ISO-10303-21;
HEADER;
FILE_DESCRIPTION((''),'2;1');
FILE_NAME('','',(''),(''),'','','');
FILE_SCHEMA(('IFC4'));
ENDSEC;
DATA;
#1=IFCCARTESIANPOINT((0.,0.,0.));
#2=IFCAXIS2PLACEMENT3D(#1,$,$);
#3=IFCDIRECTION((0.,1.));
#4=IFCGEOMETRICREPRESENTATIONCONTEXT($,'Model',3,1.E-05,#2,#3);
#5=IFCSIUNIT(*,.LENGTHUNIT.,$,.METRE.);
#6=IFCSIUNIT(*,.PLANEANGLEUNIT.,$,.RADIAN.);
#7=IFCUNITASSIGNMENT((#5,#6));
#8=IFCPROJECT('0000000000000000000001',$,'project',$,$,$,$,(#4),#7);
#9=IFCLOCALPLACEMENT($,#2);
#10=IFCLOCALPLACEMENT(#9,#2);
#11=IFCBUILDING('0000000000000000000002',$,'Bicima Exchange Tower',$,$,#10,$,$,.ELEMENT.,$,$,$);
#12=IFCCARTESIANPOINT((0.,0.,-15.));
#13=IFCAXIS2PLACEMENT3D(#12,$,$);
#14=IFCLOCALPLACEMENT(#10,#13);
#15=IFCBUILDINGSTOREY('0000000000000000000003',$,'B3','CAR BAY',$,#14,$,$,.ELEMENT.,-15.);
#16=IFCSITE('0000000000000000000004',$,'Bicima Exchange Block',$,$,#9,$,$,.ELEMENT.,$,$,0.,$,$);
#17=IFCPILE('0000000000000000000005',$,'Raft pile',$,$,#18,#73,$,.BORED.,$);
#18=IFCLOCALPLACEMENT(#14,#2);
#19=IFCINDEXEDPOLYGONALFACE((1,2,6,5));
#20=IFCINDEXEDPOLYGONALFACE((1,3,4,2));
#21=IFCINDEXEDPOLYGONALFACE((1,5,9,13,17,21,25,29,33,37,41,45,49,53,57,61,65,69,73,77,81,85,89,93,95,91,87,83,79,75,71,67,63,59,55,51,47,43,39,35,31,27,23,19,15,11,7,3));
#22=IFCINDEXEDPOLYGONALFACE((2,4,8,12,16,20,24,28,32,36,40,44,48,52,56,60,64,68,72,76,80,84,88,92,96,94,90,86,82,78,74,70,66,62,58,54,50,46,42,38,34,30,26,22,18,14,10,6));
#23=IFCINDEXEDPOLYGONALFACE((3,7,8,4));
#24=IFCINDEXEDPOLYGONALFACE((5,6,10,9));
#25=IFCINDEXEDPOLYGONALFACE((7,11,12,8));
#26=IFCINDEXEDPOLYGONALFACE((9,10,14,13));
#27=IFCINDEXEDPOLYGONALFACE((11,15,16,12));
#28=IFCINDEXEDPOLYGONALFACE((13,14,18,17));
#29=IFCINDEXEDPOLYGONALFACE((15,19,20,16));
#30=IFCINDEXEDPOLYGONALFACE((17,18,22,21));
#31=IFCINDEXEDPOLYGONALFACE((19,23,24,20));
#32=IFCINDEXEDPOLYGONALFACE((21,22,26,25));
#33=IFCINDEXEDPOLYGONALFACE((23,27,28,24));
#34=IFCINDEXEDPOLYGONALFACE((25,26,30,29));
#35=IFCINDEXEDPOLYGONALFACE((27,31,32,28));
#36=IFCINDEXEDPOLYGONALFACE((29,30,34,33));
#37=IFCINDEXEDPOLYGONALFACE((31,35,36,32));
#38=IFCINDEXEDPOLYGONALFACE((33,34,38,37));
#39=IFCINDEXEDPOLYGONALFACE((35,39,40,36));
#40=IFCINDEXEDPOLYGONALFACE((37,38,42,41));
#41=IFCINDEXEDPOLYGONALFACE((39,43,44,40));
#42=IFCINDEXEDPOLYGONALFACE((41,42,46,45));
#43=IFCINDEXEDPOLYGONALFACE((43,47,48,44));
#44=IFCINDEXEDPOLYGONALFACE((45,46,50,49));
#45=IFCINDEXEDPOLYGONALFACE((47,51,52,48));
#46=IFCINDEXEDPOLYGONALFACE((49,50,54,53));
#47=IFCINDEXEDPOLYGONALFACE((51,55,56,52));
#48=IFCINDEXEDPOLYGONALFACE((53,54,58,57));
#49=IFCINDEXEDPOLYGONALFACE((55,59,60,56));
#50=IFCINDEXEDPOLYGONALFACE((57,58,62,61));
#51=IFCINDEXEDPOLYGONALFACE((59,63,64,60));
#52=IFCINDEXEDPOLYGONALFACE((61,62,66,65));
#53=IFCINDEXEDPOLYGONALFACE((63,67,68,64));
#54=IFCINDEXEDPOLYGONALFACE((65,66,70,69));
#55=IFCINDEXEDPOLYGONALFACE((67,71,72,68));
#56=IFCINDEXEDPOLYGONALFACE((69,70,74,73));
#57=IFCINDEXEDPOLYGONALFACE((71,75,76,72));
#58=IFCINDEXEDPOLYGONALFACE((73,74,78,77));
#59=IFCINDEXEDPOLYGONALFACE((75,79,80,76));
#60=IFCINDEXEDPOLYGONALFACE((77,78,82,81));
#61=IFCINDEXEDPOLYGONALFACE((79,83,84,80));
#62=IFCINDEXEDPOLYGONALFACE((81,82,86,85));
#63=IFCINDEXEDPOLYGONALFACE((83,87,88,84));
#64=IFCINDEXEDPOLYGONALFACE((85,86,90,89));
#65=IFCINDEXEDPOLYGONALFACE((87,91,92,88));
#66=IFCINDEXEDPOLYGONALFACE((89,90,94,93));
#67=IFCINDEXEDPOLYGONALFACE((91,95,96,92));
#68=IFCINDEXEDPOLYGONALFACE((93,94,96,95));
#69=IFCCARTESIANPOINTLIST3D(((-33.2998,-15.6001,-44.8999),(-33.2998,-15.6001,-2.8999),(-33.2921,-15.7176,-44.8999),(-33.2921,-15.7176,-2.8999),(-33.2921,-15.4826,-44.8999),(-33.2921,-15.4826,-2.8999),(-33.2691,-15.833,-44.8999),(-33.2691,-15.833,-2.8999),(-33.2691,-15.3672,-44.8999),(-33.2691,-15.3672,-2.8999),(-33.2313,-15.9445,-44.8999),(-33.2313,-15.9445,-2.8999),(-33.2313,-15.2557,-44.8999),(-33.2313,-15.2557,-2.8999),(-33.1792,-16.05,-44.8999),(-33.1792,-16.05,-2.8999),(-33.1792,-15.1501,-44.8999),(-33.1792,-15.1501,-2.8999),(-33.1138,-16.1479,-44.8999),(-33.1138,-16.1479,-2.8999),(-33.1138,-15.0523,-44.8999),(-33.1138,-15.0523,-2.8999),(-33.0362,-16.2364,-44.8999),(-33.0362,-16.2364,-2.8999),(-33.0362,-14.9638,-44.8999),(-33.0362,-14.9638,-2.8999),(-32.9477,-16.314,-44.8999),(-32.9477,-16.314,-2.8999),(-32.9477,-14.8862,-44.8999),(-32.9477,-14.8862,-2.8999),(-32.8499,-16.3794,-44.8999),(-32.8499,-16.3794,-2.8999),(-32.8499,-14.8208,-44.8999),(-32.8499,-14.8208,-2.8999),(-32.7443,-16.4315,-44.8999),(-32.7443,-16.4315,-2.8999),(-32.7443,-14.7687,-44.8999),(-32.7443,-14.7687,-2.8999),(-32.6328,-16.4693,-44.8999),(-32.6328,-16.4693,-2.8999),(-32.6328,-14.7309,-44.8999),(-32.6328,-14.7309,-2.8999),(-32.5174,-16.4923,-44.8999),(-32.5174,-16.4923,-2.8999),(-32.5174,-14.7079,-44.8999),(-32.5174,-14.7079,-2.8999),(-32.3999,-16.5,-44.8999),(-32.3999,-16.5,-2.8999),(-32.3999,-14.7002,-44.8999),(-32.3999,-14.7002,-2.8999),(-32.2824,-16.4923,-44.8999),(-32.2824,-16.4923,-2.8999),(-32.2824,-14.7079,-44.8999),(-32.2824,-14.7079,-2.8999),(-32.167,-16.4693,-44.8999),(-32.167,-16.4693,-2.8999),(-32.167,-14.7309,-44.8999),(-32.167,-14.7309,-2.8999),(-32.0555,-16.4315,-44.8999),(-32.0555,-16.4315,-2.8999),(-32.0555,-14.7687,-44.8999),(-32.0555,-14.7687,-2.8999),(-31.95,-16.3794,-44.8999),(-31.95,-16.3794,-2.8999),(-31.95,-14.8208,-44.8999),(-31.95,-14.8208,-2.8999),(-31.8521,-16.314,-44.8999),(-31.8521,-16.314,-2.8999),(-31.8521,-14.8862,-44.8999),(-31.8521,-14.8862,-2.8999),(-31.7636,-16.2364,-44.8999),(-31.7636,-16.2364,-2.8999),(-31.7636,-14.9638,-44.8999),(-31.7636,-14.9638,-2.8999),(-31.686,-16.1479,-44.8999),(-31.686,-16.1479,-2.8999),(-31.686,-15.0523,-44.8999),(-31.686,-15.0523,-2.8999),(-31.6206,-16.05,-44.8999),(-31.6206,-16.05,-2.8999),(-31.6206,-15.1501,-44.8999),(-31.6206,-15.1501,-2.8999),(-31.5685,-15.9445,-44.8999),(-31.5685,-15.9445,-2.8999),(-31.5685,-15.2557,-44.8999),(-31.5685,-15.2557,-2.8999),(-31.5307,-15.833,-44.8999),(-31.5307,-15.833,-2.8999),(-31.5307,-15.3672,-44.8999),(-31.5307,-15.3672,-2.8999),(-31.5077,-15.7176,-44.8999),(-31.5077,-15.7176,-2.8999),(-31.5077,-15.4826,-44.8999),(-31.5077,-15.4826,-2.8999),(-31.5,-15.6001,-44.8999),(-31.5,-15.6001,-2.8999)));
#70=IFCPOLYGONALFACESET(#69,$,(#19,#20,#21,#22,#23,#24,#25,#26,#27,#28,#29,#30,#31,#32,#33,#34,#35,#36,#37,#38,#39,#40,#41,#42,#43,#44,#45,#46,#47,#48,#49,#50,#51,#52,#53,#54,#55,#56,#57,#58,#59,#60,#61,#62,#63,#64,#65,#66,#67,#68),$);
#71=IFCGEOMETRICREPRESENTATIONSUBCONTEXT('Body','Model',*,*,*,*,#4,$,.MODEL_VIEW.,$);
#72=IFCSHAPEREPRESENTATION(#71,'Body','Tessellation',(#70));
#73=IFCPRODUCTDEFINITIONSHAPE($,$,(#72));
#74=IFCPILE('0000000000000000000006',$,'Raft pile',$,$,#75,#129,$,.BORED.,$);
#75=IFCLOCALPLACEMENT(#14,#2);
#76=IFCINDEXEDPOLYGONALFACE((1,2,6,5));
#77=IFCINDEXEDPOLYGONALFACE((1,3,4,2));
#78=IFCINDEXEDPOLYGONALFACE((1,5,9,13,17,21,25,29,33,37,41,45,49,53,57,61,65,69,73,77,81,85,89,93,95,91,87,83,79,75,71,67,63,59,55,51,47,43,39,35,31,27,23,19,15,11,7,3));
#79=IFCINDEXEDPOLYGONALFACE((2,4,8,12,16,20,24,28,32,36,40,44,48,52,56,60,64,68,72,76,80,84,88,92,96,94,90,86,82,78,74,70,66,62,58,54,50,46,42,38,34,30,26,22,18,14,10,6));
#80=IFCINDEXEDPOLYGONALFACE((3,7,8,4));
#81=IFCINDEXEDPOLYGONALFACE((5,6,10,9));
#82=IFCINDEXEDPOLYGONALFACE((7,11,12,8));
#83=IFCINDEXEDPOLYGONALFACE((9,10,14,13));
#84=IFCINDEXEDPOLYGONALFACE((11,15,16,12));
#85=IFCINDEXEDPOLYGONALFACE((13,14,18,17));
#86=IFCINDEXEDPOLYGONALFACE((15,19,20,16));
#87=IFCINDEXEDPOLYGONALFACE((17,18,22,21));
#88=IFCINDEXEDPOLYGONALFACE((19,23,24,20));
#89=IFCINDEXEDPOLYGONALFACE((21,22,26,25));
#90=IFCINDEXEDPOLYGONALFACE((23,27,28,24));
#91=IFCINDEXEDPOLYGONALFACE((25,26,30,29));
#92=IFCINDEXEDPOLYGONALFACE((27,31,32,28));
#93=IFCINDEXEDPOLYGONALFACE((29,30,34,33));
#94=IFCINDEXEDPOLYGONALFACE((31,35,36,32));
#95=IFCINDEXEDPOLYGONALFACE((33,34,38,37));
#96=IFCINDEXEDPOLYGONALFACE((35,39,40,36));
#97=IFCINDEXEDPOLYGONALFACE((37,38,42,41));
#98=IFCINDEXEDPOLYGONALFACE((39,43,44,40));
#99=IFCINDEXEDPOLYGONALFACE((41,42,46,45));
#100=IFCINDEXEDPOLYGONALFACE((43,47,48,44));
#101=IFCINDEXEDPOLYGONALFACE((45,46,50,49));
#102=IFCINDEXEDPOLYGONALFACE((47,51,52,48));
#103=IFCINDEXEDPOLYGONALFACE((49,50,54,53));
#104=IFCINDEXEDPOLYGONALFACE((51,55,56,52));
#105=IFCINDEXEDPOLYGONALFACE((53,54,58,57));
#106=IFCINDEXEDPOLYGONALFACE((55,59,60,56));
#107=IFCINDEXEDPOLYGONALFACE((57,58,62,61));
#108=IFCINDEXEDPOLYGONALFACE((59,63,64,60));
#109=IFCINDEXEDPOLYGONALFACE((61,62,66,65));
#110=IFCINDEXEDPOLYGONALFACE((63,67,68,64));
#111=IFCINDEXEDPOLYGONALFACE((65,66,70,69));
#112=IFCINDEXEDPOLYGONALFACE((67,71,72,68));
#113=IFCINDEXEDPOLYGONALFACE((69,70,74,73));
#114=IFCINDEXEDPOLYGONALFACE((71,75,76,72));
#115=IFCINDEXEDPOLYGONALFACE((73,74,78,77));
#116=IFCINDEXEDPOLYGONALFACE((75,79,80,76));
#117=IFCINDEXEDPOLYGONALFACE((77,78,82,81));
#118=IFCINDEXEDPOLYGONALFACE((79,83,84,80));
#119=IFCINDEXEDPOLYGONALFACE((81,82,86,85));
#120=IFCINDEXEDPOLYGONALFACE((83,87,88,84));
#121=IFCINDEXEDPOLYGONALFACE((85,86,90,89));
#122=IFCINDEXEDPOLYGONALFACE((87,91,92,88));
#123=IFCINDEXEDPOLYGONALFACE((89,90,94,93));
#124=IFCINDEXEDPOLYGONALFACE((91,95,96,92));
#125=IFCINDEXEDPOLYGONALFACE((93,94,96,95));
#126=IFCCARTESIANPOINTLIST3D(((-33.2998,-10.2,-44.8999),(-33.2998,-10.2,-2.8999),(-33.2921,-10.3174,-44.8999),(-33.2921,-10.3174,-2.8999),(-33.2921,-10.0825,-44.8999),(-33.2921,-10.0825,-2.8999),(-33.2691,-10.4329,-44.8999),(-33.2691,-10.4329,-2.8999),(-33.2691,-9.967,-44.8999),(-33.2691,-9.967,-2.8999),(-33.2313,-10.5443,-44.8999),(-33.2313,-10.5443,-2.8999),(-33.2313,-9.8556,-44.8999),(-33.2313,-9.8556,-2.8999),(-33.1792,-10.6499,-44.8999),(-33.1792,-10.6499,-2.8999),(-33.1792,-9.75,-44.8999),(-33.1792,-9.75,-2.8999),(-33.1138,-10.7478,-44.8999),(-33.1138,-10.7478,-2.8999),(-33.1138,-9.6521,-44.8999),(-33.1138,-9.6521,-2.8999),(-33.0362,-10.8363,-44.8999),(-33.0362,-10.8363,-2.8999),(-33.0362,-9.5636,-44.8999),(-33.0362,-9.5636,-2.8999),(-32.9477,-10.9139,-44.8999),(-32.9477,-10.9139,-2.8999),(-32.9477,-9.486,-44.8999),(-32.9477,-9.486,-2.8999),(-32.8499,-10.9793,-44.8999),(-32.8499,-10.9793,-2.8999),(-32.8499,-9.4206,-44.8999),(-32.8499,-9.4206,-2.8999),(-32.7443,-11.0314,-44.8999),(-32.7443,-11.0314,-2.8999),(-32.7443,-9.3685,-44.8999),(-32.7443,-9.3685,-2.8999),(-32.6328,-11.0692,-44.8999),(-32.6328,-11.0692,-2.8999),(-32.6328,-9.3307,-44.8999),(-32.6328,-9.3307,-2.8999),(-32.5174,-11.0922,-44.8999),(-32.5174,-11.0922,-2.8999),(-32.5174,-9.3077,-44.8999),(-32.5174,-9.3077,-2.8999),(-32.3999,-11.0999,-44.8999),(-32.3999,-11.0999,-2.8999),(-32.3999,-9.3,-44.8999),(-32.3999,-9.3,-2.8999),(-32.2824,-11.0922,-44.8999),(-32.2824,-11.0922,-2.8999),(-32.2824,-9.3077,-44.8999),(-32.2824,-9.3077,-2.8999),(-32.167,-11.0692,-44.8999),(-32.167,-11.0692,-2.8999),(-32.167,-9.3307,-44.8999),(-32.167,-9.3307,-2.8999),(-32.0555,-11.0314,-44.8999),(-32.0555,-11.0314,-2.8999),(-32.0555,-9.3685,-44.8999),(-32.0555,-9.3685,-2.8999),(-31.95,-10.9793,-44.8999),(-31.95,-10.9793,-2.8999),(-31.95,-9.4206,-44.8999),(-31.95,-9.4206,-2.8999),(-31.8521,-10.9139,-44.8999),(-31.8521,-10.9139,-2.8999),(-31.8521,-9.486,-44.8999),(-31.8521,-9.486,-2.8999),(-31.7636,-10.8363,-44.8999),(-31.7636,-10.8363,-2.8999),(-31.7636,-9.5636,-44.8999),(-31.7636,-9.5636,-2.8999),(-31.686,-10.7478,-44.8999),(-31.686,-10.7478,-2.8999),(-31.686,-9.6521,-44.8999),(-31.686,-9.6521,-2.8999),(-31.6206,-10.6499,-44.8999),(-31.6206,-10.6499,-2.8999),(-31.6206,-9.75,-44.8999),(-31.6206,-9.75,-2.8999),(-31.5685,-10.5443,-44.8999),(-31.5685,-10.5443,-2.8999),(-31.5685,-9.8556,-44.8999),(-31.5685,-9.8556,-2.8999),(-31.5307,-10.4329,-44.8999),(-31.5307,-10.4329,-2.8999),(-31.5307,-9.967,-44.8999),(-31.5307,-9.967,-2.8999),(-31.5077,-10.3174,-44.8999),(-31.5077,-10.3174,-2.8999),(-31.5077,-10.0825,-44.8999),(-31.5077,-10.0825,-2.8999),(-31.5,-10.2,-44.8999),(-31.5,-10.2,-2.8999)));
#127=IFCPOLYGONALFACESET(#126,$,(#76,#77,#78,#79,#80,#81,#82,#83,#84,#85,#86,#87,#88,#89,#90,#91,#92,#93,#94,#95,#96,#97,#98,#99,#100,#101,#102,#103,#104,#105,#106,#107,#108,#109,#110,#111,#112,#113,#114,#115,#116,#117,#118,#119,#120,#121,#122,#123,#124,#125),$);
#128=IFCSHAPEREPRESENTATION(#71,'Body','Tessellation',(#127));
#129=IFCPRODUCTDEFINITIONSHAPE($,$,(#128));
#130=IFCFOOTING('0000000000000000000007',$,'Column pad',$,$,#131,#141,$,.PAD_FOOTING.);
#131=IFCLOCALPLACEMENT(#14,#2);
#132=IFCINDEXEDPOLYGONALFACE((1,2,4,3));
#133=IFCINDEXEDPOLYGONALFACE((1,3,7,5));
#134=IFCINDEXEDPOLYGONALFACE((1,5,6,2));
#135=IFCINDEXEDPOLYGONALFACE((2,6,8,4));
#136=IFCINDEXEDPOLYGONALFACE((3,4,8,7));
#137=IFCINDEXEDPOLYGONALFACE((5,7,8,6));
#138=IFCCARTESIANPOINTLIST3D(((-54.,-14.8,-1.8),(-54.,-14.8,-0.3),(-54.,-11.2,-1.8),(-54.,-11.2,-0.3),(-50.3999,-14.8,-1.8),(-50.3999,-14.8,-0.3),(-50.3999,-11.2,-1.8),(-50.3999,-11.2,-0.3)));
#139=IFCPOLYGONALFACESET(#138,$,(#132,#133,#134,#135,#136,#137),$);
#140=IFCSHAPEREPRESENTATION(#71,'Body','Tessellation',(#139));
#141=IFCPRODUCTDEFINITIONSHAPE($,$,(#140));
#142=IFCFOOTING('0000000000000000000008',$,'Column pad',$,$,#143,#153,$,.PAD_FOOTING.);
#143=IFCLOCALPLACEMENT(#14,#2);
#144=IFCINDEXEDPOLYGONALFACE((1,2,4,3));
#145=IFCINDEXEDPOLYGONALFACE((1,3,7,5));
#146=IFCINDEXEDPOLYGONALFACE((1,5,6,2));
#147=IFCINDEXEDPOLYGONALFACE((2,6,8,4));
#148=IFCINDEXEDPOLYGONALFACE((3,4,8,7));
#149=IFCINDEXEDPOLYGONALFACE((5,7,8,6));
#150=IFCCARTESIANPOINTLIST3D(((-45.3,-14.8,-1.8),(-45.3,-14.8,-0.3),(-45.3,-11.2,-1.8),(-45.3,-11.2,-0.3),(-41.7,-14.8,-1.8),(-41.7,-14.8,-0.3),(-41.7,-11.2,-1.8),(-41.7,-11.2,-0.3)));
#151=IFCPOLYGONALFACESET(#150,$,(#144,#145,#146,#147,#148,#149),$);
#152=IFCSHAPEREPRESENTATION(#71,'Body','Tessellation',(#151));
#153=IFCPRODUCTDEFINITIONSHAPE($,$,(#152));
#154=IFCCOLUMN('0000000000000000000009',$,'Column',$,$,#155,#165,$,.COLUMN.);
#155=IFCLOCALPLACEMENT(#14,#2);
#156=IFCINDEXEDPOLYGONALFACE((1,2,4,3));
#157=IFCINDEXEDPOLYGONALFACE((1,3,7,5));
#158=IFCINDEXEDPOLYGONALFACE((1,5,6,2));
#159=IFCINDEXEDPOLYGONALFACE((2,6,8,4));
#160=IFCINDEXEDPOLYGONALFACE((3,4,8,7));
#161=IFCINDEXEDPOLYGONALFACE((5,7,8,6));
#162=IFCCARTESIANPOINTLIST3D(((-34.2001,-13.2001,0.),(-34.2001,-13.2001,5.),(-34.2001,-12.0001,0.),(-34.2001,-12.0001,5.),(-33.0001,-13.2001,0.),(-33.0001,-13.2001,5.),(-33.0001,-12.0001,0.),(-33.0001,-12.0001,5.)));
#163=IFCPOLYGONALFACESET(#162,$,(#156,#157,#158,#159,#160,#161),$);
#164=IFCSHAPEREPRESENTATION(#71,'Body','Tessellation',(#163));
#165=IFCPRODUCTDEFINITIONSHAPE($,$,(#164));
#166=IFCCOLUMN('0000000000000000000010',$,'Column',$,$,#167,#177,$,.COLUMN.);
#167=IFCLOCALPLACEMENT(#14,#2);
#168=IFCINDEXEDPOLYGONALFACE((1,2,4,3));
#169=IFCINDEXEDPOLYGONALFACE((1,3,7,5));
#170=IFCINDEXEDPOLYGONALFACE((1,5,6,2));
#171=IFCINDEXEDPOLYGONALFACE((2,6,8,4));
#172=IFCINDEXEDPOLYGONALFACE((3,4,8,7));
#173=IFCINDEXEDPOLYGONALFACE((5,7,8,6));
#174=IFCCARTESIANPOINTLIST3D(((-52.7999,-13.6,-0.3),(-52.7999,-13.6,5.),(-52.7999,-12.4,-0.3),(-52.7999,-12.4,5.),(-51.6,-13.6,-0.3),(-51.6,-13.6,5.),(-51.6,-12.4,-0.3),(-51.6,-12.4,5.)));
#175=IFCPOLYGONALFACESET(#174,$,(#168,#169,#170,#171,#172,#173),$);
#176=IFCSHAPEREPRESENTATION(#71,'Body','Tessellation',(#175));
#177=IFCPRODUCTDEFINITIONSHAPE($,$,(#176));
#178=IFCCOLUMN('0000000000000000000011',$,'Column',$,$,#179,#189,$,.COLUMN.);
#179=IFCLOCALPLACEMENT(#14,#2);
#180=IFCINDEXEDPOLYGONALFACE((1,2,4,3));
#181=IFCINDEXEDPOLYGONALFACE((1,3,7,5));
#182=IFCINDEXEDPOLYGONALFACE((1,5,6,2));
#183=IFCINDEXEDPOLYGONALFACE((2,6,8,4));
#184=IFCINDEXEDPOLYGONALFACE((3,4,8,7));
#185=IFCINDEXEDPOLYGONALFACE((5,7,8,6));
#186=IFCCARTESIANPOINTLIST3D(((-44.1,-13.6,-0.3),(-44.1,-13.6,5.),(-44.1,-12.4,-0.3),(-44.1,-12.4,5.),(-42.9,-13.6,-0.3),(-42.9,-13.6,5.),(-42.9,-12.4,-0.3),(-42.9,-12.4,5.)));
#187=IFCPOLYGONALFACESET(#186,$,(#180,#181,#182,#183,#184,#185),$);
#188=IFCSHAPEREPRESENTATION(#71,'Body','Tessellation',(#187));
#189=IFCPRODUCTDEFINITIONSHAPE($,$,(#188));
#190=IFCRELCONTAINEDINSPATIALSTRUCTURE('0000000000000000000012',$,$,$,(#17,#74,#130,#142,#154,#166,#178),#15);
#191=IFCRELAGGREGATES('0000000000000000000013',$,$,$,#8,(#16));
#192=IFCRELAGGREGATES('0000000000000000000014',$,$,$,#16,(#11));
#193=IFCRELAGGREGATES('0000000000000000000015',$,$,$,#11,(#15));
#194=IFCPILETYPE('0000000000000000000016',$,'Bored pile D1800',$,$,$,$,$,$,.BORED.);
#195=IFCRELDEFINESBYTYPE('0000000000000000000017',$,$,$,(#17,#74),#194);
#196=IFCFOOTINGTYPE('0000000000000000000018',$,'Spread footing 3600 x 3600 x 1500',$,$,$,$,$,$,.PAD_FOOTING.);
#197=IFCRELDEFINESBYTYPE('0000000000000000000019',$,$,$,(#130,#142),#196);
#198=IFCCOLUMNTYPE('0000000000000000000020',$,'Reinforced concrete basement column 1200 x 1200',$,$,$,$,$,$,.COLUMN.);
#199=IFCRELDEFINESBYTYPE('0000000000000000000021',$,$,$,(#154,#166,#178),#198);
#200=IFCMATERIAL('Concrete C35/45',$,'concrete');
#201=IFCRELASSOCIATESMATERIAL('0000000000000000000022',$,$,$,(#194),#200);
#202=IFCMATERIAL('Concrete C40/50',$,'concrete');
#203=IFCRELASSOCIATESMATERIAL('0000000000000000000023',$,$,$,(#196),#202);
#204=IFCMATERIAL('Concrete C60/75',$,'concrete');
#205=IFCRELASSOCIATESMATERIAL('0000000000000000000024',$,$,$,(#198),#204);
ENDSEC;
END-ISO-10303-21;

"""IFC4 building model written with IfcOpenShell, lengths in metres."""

from ifc_helpers import new_model, si_unit, direction, frame, origin, origin_2d, place, context, subcontext, project, spatial, rectangle, circle, extrude, material, material_profile, profile_set, type_object, element, save


model = new_model("IFC4")

# Units and contexts
model_context = context("Model", 3, precision=1e-05, world=origin(), true_north=direction((0.0, 1.0)))
body_context = subcontext(model_context, "Body", "Model", "MODEL_VIEW")
ifc_project = project(units=[si_unit("LENGTHUNIT", "METRE"), si_unit("PLANEANGLEUNIT", "RADIAN")], contexts=[model_context])

# Site, building, storey
site_placement = place(None, origin())
site = spatial("IfcSite", under=ifc_project, at=site_placement, Name="Bicima Exchange Block", CompositionType="ELEMENT", RefElevation=0.0)
building_placement = place(site_placement, origin())
building = spatial("IfcBuilding", under=site, at=building_placement, Name="Bicima Exchange Tower", CompositionType="ELEMENT")
storey_placement = place(building_placement, frame((0.0, 0.0, -15.0)))
storey = spatial("IfcBuildingStorey", under=building, at=storey_placement, Name="B3", Description="CAR BAY", CompositionType="ELEMENT", Elevation=-15.0)

# Piles
ifc_material_1 = material(Name="Concrete C35/45", Category="concrete")
ifc_material_profile_1 = material_profile(ifc_material_1, circle(Radius=0.8999, at=origin_2d()))
ifc_profile_set_1 = profile_set([ifc_material_profile_1], Name="Concrete C35/45")
pile_type = type_object("IfcPileType", Name="Bored pile D1800", PredefinedType="BORED", material=ifc_profile_set_1)
for number, where, z_axis, x_axis, name in (
    (1, (-32.3999, -15.6001, -2.8999), (0.0, 0.0, -1.0), (1.0, 0.0, 0.0), "Raft pile"),
    (2, (-32.3999, -10.2, -2.8999), (0.0, 0.0, -1.0), (1.0, 0.0, 0.0), "Raft pile"),
):
    element("IfcPile", number, at=place(storey_placement, frame(where, z_axis=z_axis, x_axis=x_axis)), inside=storey, type_object=pile_type, Name=name, PredefinedType="BORED", context=body_context, shape_type="SweptSolid", body=[
        extrude(circle(Radius=0.8999, at=origin_2d()), origin(), (0.0, 0.0, 1.0), 42.0),
    ])

# Footings
ifc_material_2 = material(Name="Concrete C40/50", Category="concrete")
footing_type = type_object("IfcFootingType", Name="Spread footing 3600 x 3600 x 1500", PredefinedType="PAD_FOOTING", material=ifc_material_2)
for number, where, z_axis, x_axis, name in (
    (3, (-52.2, -13.0, -1.8), (0.0, 0.0, 1.0), (1.0, 0.0, 0.0), "Column pad"),
    (4, (-43.5, -13.0, -1.8), (0.0, 0.0, 1.0), (1.0, 0.0, 0.0), "Column pad"),
):
    element("IfcFooting", number, at=place(storey_placement, frame(where, z_axis=z_axis, x_axis=x_axis)), inside=storey, type_object=footing_type, Name=name, PredefinedType="PAD_FOOTING", context=body_context, shape_type="SweptSolid", body=[
        extrude(rectangle(XDim=3.6001, YDim=3.6001, at=origin_2d()), origin(), (0.0, 0.0, 1.0), 1.5),
    ])

# Columns
ifc_material_3 = material(Name="Concrete C60/75", Category="concrete")
ifc_material_profile_2 = material_profile(ifc_material_3, rectangle(XDim=1.2, YDim=1.2, at=origin_2d()))
ifc_profile_set_2 = profile_set([ifc_material_profile_2], Name="Concrete C60/75")
column_type = type_object("IfcColumnType", Name="Reinforced concrete basement column 1200 x 1200", PredefinedType="COLUMN", material=ifc_profile_set_2)
column_placement = place(storey_placement, frame((-33.6001, -12.6001, 0.0), z_axis=(0.0, 0.0, 1.0), x_axis=(1.0, 0.0, 0.0)))
element("IfcColumn", 5, at=column_placement, inside=storey, type_object=column_type, Name="Column", PredefinedType="COLUMN", context=body_context, shape_type="SweptSolid", body=[
    extrude(rectangle(XDim=1.2, YDim=1.2, at=origin_2d()), origin(), (0.0, 0.0, 1.0), 5.0),
])
for number, where, z_axis, x_axis, name in (
    (6, (-52.2, -13.0, -0.3), (0.0, 0.0, 1.0), (1.0, 0.0, 0.0), "Column"),
    (7, (-43.5, -13.0, -0.3), (0.0, 0.0, 1.0), (1.0, 0.0, 0.0), "Column"),
):
    element("IfcColumn", number, at=place(storey_placement, frame(where, z_axis=z_axis, x_axis=x_axis)), inside=storey, type_object=column_type, Name=name, PredefinedType="COLUMN", context=body_context, shape_type="SweptSolid", body=[
        extrude(rectangle(XDim=1.2, YDim=1.2, at=origin_2d()), origin(), (0.0, 0.0, 1.0), 5.3),
    ])

save(model, "model.ifc")
